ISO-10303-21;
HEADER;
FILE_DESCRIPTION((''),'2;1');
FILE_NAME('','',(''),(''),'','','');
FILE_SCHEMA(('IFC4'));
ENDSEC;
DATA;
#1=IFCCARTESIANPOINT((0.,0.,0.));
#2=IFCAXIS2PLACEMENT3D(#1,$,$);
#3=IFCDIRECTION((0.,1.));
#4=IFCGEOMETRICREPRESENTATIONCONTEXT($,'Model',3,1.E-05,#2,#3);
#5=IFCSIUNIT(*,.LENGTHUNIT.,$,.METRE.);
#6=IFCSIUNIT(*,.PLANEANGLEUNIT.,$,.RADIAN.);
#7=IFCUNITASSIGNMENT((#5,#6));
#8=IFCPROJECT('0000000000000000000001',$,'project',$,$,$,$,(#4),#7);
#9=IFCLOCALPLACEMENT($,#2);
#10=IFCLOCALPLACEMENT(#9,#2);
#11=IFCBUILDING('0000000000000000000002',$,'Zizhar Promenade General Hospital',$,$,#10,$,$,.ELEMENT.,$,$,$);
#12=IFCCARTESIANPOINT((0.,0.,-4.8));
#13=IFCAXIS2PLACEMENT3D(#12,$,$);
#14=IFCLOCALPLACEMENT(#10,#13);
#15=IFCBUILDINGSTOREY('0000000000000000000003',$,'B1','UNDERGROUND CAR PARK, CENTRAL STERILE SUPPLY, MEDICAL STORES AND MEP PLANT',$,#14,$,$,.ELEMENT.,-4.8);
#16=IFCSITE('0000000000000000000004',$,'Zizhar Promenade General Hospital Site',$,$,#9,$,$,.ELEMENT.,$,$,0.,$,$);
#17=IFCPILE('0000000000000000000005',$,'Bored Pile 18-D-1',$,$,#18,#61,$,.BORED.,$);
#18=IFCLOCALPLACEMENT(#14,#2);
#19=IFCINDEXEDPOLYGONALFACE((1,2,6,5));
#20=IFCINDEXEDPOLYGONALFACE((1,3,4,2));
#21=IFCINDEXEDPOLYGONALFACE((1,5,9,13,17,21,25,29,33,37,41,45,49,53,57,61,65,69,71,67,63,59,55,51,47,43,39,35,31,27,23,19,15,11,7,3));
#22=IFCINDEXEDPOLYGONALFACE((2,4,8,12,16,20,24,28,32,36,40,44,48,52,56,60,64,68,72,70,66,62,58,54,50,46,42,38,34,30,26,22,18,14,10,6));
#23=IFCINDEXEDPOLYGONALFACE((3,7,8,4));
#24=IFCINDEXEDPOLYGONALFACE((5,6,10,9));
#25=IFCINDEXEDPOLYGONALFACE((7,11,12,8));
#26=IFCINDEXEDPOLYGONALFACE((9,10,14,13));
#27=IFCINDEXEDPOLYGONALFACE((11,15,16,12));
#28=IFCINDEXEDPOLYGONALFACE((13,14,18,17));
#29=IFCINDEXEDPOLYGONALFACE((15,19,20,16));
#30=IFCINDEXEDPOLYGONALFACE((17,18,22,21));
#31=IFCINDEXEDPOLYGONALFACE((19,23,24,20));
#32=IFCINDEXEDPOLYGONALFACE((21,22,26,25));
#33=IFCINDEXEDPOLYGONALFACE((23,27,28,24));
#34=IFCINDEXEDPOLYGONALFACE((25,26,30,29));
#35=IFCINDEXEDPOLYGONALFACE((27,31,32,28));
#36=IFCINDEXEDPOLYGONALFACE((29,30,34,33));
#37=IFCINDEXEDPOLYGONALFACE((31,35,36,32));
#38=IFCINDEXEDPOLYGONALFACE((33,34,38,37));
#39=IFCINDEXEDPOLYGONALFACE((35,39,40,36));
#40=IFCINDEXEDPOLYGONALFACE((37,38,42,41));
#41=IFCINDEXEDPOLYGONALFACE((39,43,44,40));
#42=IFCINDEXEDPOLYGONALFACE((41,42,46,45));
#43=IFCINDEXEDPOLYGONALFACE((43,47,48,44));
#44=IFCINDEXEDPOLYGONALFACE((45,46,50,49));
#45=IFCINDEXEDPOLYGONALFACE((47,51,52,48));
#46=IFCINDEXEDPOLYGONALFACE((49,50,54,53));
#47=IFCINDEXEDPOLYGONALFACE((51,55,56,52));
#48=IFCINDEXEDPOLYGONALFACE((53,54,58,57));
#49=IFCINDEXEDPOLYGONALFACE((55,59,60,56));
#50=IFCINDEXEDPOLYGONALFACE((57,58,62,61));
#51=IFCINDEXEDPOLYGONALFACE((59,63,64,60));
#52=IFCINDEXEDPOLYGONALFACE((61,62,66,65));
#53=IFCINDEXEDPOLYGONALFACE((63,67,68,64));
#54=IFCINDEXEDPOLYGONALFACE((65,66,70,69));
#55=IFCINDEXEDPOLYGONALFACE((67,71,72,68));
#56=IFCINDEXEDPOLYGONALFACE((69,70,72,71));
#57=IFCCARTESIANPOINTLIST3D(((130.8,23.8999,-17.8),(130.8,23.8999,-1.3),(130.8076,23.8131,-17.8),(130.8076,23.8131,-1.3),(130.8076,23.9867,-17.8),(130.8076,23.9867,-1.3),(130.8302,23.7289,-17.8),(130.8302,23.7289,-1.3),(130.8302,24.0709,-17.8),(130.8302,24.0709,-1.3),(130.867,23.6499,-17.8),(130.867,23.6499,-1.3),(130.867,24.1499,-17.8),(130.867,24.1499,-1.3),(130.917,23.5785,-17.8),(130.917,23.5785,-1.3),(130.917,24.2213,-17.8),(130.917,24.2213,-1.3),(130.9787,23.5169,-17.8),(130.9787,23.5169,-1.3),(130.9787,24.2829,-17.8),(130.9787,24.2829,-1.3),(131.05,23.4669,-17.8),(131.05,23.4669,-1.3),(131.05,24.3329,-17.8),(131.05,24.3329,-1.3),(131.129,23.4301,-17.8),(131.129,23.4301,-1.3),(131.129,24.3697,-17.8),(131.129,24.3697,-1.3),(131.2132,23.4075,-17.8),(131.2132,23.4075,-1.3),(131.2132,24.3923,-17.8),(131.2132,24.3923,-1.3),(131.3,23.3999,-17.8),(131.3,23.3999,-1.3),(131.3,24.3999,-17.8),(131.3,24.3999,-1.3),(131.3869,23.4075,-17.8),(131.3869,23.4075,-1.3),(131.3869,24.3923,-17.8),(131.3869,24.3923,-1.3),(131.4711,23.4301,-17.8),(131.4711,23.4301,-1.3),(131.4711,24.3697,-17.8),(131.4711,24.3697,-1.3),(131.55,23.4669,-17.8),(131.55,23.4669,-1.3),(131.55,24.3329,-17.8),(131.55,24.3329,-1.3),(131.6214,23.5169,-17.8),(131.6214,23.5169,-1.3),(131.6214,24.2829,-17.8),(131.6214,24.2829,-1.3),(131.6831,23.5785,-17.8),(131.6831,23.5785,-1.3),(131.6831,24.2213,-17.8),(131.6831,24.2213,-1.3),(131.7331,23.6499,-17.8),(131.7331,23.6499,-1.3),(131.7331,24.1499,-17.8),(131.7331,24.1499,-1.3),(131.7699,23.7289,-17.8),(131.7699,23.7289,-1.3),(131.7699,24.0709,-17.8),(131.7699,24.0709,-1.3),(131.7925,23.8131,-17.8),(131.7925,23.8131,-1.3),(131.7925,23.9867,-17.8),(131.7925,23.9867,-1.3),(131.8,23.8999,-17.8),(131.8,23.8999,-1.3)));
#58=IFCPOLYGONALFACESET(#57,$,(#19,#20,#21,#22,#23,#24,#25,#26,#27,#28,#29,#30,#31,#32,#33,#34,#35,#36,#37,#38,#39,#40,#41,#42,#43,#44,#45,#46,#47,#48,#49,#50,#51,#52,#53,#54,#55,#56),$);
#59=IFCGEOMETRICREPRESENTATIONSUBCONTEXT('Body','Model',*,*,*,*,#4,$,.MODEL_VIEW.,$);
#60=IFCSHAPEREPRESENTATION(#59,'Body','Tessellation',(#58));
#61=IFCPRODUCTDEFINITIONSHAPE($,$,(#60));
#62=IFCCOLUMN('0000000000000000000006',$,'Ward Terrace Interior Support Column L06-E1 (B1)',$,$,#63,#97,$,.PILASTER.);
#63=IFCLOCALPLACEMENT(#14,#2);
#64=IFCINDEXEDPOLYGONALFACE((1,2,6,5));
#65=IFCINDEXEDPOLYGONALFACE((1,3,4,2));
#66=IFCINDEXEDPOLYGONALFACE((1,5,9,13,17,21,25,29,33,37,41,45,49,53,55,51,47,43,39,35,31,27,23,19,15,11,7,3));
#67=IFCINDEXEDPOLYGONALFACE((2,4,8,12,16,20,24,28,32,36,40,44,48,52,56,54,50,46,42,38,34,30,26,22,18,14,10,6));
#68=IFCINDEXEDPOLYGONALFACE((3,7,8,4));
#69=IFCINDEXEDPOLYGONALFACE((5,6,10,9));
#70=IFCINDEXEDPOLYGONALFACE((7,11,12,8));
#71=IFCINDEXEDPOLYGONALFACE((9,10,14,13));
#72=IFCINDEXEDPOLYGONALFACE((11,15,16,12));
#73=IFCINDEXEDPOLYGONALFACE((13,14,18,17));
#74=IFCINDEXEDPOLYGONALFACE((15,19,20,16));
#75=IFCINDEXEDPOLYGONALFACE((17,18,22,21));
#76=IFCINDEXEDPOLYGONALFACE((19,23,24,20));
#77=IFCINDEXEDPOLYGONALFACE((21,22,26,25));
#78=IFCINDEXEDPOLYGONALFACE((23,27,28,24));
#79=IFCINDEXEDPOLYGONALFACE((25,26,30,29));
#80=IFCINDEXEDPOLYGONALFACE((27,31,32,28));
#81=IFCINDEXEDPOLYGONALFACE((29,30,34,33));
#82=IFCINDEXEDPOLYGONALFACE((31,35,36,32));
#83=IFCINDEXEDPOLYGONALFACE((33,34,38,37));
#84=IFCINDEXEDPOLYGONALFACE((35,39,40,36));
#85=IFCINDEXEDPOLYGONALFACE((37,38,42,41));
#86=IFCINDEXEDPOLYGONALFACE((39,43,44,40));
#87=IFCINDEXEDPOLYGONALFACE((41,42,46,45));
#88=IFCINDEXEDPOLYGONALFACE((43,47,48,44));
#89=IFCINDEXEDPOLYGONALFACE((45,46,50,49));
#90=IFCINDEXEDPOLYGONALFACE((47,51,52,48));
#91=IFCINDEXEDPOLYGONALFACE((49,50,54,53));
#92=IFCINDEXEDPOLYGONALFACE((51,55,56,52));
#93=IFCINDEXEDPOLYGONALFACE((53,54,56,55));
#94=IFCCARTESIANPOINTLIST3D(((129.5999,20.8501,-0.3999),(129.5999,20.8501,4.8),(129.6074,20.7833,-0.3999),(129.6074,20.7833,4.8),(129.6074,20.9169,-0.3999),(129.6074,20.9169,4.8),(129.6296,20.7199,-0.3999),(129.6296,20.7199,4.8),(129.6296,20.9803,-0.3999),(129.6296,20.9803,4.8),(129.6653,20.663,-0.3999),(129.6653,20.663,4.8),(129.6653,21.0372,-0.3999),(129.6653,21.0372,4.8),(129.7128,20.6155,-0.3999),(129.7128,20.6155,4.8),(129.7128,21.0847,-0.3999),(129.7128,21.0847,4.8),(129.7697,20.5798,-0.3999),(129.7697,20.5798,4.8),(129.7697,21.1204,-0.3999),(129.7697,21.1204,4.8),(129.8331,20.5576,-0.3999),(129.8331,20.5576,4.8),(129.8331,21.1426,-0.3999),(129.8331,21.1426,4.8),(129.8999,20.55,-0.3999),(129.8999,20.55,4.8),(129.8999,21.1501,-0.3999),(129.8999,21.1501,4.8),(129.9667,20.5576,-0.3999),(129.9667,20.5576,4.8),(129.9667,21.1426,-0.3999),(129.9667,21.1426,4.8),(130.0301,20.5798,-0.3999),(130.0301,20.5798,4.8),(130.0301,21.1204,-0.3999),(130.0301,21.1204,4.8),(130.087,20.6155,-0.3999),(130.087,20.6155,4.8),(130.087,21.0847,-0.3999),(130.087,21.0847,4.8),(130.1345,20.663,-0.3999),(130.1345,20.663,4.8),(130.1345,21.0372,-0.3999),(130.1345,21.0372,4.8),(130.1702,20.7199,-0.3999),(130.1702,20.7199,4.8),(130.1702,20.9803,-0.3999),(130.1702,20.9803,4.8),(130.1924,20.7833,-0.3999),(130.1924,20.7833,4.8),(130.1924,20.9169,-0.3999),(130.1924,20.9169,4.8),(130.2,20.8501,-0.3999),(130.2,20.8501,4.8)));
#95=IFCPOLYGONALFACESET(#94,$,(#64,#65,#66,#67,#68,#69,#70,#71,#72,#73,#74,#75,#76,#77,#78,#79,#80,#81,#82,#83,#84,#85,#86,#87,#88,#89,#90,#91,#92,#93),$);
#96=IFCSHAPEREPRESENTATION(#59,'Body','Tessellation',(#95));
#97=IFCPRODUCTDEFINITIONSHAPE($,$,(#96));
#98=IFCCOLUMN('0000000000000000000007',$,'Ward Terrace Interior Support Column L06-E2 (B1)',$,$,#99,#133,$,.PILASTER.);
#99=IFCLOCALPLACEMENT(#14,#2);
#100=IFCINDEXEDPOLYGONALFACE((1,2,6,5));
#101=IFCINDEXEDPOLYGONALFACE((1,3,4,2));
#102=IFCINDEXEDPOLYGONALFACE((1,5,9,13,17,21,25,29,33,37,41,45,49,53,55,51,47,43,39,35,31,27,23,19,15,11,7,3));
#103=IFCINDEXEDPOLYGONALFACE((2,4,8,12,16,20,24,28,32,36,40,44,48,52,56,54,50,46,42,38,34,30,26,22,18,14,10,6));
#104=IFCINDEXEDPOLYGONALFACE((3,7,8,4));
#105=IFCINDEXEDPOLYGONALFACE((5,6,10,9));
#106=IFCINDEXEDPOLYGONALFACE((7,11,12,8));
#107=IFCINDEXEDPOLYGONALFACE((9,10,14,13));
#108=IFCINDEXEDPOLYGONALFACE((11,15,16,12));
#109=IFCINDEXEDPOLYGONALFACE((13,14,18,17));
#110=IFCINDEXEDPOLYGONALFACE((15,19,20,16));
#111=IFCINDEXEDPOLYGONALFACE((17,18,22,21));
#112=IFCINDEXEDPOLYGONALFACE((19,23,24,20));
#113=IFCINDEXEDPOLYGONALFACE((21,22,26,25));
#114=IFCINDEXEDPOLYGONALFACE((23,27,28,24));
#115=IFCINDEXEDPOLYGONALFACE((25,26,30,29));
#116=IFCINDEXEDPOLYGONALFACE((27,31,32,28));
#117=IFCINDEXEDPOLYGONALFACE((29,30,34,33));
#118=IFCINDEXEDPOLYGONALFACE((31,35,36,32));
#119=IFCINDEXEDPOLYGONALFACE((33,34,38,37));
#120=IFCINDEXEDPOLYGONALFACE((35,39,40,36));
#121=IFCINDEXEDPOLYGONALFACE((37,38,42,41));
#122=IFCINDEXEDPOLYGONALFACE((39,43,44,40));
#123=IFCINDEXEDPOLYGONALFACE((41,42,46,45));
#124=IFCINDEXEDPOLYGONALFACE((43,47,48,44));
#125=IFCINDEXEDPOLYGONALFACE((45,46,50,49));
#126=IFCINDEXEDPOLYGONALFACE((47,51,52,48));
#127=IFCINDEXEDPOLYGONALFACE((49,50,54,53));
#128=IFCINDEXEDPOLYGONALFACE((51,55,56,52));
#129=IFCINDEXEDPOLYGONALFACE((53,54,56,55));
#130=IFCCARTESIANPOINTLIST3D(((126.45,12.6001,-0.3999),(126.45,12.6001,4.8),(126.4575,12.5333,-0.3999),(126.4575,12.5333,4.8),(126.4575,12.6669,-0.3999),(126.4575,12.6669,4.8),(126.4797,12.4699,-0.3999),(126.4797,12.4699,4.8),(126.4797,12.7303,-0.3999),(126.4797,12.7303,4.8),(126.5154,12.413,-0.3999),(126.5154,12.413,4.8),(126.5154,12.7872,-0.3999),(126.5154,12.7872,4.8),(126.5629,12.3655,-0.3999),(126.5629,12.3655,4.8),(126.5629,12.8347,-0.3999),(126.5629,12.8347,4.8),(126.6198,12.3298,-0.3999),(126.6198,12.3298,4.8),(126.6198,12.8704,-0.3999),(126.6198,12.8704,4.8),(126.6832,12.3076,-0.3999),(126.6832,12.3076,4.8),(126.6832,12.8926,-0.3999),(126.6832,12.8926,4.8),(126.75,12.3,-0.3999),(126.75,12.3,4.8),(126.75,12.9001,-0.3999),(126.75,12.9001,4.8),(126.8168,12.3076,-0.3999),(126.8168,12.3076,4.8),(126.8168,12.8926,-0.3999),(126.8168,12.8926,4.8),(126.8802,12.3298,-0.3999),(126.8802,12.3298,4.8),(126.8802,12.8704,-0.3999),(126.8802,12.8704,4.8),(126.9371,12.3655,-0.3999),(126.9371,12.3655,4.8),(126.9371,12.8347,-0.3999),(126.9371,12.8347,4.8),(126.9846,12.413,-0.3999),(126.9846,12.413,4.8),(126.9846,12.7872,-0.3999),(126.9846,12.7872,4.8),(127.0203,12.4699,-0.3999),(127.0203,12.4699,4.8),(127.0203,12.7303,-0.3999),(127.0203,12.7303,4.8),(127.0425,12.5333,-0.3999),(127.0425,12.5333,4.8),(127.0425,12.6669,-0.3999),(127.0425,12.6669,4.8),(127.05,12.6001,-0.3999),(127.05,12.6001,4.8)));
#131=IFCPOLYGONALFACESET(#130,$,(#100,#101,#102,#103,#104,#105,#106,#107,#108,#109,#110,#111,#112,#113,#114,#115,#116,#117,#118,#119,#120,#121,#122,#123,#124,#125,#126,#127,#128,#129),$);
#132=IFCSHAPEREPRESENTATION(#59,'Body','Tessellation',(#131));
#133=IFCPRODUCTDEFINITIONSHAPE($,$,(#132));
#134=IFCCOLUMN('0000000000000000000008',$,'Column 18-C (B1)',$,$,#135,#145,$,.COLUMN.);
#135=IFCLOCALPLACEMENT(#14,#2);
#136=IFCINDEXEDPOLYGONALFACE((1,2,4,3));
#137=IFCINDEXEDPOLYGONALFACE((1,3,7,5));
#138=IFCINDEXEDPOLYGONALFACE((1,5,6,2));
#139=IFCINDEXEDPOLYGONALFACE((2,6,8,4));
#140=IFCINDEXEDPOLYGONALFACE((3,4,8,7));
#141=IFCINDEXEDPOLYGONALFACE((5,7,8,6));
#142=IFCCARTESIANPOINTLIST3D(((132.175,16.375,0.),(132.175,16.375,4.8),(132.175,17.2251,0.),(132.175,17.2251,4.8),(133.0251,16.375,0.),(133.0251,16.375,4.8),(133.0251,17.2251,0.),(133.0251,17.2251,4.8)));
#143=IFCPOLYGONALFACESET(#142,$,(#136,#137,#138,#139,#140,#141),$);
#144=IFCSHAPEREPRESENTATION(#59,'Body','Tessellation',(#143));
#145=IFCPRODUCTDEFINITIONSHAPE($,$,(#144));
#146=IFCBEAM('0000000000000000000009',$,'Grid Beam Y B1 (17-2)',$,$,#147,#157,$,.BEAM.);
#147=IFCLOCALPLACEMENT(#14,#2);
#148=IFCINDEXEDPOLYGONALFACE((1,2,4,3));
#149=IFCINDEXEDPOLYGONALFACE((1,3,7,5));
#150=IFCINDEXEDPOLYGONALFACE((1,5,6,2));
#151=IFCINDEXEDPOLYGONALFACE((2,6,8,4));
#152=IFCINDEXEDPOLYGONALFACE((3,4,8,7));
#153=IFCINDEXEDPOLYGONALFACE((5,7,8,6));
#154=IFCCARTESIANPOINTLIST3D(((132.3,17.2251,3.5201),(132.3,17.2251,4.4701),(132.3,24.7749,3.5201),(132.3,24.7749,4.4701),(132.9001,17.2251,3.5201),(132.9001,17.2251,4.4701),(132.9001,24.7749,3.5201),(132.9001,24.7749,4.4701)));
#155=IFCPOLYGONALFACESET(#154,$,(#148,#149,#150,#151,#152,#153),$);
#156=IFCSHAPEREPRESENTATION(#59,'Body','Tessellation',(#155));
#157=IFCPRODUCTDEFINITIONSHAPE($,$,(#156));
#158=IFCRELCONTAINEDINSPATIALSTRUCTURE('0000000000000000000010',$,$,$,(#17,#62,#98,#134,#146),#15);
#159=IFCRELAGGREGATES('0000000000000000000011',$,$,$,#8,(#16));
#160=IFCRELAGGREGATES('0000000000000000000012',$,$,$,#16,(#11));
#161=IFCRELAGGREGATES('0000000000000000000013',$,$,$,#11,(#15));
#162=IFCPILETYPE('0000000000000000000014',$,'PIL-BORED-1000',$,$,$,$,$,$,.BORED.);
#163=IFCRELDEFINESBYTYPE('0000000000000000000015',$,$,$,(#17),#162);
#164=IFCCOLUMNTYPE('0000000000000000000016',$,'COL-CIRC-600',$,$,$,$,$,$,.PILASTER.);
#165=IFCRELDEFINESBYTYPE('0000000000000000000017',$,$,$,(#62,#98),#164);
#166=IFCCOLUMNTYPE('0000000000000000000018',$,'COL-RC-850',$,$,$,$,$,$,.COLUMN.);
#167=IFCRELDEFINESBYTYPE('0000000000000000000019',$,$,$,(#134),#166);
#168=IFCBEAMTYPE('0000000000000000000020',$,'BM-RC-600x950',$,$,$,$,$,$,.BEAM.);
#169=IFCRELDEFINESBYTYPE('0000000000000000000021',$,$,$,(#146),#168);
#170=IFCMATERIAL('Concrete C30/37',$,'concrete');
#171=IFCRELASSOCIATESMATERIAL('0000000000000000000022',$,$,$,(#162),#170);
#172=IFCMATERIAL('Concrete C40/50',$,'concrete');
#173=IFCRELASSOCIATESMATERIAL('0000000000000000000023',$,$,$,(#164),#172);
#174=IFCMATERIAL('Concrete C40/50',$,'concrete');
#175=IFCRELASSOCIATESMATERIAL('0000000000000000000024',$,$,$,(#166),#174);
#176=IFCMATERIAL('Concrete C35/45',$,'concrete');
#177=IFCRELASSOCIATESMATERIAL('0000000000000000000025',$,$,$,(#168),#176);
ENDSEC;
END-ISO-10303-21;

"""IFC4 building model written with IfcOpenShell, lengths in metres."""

from ifc_helpers import new_model, si_unit, direction, frame, origin, origin_2d, place, context, subcontext, project, spatial, rectangle, circle, extrude, material, material_profile, profile_set, type_object, element, save


model = new_model("IFC4")

# Units and contexts
model_context = context("Model", 3, precision=1e-05, world=origin(), true_north=direction((0.0, 1.0)))
body_context = subcontext(model_context, "Body", "Model", "MODEL_VIEW")
ifc_project = project(units=[si_unit("LENGTHUNIT", "METRE"), si_unit("PLANEANGLEUNIT", "RADIAN")], contexts=[model_context])

# Site, building, storey
site_placement = place(None, origin())
site = spatial("IfcSite", under=ifc_project, at=site_placement, Name="Zizhar Promenade General Hospital Site", CompositionType="ELEMENT", RefElevation=0.0)
building_placement = place(site_placement, origin())
building = spatial("IfcBuilding", under=site, at=building_placement, Name="Zizhar Promenade General Hospital", CompositionType="ELEMENT")
storey_placement = place(building_placement, frame((0.0, 0.0, -4.8)))
storey = spatial("IfcBuildingStorey", under=building, at=storey_placement, Name="B1", Description="UNDERGROUND CAR PARK, CENTRAL STERILE SUPPLY, MEDICAL STORES AND MEP PLANT", CompositionType="ELEMENT", Elevation=-4.8)

# Pile
ifc_material_1 = material(Name="Concrete C30/37", Category="concrete")
ifc_material_profile_1 = material_profile(ifc_material_1, circle(Radius=0.5, at=origin_2d()))
ifc_profile_set_1 = profile_set([ifc_material_profile_1], Name="Concrete C30/37")
pile_type = type_object("IfcPileType", Name="PIL-BORED-1000", PredefinedType="BORED", material=ifc_profile_set_1)
for number, where, z_axis, x_axis, name in (
    (1, (131.3, 23.8999, -1.3), (0.0, 0.0, -1.0), (1.0, 0.0, 0.0), "Bored Pile 18-D-1"),
):
    element("IfcPile", number, at=place(storey_placement, frame(where, z_axis=z_axis, x_axis=x_axis)), inside=storey, type_object=pile_type, Name=name, PredefinedType="BORED", context=body_context, shape_type="SweptSolid", body=[
        extrude(circle(Radius=0.5, at=origin_2d()), origin(), (0.0, 0.0, 1.0), 16.5),
    ])

# Columns
ifc_material_2 = material(Name="Concrete C40/50", Category="concrete")
ifc_material_profile_2 = material_profile(ifc_material_2, circle(Radius=0.3, at=origin_2d()))
ifc_profile_set_2 = profile_set([ifc_material_profile_2], Name="Concrete C40/50")
column_type_1 = type_object("IfcColumnType", Name="COL-CIRC-600", PredefinedType="PILASTER", material=ifc_profile_set_2)
for number, where, z_axis, x_axis, name in (
    (2, (129.8999, 20.8501, -0.3999), (0.0, 0.0, 1.0), (1.0, 0.0, 0.0), "Ward Terrace Interior Support Column L06-E1 (B1)"),
    (3, (126.75, 12.6001, -0.3999), (0.0, 0.0, 1.0), (1.0, 0.0, 0.0), "Ward Terrace Interior Support Column L06-E2 (B1)"),
):
    element("IfcColumn", number, at=place(storey_placement, frame(where, z_axis=z_axis, x_axis=x_axis)), inside=storey, type_object=column_type_1, Name=name, PredefinedType="PILASTER", context=body_context, shape_type="SweptSolid", body=[
        extrude(circle(Radius=0.3, at=origin_2d()), origin(), (0.0, 0.0, 1.0), 5.2),
    ])
ifc_material_3 = material(Name="Concrete C40/50", Category="concrete")
ifc_material_profile_3 = material_profile(ifc_material_3, rectangle(XDim=0.8501, YDim=0.8501, at=origin_2d()))
ifc_profile_set_3 = profile_set([ifc_material_profile_3], Name="Concrete C40/50")
column_type_2 = type_object("IfcColumnType", Name="COL-RC-850", PredefinedType="COLUMN", material=ifc_profile_set_3)
column_placement = place(storey_placement, frame((132.6001, 16.8, 0.0), z_axis=(0.0, 0.0, 1.0), x_axis=(1.0, 0.0, 0.0)))
element("IfcColumn", 4, at=column_placement, inside=storey, type_object=column_type_2, Name="Column 18-C (B1)", PredefinedType="COLUMN", context=body_context, shape_type="SweptSolid", body=[
    extrude(rectangle(XDim=0.8501, YDim=0.8501, at=origin_2d()), origin(), (0.0, 0.0, 1.0), 4.8),
])

# Beam
ifc_material_4 = material(Name="Concrete C35/45", Category="concrete")
ifc_material_profile_4 = material_profile(ifc_material_4, rectangle(XDim=0.6001, YDim=0.95, at=origin_2d()))
ifc_profile_set_4 = profile_set([ifc_material_profile_4], Name="Concrete C35/45")
beam_type = type_object("IfcBeamType", Name="BM-RC-600x950", PredefinedType="BEAM", material=ifc_profile_set_4)
beam_placement = place(storey_placement, frame((132.6001, 17.2251, 3.9951), z_axis=(0.0, 1.0, 0.0), x_axis=(-1.0, 0.0, 0.0)))
element("IfcBeam", 5, at=beam_placement, inside=storey, type_object=beam_type, Name="Grid Beam Y B1 (17-2)", PredefinedType="BEAM", context=body_context, shape_type="SweptSolid", body=[
    extrude(rectangle(XDim=0.6001, YDim=0.95, at=origin_2d()), origin(), (0.0, 0.0, 1.0), 7.5498),
])

save(model, "model.ifc")
